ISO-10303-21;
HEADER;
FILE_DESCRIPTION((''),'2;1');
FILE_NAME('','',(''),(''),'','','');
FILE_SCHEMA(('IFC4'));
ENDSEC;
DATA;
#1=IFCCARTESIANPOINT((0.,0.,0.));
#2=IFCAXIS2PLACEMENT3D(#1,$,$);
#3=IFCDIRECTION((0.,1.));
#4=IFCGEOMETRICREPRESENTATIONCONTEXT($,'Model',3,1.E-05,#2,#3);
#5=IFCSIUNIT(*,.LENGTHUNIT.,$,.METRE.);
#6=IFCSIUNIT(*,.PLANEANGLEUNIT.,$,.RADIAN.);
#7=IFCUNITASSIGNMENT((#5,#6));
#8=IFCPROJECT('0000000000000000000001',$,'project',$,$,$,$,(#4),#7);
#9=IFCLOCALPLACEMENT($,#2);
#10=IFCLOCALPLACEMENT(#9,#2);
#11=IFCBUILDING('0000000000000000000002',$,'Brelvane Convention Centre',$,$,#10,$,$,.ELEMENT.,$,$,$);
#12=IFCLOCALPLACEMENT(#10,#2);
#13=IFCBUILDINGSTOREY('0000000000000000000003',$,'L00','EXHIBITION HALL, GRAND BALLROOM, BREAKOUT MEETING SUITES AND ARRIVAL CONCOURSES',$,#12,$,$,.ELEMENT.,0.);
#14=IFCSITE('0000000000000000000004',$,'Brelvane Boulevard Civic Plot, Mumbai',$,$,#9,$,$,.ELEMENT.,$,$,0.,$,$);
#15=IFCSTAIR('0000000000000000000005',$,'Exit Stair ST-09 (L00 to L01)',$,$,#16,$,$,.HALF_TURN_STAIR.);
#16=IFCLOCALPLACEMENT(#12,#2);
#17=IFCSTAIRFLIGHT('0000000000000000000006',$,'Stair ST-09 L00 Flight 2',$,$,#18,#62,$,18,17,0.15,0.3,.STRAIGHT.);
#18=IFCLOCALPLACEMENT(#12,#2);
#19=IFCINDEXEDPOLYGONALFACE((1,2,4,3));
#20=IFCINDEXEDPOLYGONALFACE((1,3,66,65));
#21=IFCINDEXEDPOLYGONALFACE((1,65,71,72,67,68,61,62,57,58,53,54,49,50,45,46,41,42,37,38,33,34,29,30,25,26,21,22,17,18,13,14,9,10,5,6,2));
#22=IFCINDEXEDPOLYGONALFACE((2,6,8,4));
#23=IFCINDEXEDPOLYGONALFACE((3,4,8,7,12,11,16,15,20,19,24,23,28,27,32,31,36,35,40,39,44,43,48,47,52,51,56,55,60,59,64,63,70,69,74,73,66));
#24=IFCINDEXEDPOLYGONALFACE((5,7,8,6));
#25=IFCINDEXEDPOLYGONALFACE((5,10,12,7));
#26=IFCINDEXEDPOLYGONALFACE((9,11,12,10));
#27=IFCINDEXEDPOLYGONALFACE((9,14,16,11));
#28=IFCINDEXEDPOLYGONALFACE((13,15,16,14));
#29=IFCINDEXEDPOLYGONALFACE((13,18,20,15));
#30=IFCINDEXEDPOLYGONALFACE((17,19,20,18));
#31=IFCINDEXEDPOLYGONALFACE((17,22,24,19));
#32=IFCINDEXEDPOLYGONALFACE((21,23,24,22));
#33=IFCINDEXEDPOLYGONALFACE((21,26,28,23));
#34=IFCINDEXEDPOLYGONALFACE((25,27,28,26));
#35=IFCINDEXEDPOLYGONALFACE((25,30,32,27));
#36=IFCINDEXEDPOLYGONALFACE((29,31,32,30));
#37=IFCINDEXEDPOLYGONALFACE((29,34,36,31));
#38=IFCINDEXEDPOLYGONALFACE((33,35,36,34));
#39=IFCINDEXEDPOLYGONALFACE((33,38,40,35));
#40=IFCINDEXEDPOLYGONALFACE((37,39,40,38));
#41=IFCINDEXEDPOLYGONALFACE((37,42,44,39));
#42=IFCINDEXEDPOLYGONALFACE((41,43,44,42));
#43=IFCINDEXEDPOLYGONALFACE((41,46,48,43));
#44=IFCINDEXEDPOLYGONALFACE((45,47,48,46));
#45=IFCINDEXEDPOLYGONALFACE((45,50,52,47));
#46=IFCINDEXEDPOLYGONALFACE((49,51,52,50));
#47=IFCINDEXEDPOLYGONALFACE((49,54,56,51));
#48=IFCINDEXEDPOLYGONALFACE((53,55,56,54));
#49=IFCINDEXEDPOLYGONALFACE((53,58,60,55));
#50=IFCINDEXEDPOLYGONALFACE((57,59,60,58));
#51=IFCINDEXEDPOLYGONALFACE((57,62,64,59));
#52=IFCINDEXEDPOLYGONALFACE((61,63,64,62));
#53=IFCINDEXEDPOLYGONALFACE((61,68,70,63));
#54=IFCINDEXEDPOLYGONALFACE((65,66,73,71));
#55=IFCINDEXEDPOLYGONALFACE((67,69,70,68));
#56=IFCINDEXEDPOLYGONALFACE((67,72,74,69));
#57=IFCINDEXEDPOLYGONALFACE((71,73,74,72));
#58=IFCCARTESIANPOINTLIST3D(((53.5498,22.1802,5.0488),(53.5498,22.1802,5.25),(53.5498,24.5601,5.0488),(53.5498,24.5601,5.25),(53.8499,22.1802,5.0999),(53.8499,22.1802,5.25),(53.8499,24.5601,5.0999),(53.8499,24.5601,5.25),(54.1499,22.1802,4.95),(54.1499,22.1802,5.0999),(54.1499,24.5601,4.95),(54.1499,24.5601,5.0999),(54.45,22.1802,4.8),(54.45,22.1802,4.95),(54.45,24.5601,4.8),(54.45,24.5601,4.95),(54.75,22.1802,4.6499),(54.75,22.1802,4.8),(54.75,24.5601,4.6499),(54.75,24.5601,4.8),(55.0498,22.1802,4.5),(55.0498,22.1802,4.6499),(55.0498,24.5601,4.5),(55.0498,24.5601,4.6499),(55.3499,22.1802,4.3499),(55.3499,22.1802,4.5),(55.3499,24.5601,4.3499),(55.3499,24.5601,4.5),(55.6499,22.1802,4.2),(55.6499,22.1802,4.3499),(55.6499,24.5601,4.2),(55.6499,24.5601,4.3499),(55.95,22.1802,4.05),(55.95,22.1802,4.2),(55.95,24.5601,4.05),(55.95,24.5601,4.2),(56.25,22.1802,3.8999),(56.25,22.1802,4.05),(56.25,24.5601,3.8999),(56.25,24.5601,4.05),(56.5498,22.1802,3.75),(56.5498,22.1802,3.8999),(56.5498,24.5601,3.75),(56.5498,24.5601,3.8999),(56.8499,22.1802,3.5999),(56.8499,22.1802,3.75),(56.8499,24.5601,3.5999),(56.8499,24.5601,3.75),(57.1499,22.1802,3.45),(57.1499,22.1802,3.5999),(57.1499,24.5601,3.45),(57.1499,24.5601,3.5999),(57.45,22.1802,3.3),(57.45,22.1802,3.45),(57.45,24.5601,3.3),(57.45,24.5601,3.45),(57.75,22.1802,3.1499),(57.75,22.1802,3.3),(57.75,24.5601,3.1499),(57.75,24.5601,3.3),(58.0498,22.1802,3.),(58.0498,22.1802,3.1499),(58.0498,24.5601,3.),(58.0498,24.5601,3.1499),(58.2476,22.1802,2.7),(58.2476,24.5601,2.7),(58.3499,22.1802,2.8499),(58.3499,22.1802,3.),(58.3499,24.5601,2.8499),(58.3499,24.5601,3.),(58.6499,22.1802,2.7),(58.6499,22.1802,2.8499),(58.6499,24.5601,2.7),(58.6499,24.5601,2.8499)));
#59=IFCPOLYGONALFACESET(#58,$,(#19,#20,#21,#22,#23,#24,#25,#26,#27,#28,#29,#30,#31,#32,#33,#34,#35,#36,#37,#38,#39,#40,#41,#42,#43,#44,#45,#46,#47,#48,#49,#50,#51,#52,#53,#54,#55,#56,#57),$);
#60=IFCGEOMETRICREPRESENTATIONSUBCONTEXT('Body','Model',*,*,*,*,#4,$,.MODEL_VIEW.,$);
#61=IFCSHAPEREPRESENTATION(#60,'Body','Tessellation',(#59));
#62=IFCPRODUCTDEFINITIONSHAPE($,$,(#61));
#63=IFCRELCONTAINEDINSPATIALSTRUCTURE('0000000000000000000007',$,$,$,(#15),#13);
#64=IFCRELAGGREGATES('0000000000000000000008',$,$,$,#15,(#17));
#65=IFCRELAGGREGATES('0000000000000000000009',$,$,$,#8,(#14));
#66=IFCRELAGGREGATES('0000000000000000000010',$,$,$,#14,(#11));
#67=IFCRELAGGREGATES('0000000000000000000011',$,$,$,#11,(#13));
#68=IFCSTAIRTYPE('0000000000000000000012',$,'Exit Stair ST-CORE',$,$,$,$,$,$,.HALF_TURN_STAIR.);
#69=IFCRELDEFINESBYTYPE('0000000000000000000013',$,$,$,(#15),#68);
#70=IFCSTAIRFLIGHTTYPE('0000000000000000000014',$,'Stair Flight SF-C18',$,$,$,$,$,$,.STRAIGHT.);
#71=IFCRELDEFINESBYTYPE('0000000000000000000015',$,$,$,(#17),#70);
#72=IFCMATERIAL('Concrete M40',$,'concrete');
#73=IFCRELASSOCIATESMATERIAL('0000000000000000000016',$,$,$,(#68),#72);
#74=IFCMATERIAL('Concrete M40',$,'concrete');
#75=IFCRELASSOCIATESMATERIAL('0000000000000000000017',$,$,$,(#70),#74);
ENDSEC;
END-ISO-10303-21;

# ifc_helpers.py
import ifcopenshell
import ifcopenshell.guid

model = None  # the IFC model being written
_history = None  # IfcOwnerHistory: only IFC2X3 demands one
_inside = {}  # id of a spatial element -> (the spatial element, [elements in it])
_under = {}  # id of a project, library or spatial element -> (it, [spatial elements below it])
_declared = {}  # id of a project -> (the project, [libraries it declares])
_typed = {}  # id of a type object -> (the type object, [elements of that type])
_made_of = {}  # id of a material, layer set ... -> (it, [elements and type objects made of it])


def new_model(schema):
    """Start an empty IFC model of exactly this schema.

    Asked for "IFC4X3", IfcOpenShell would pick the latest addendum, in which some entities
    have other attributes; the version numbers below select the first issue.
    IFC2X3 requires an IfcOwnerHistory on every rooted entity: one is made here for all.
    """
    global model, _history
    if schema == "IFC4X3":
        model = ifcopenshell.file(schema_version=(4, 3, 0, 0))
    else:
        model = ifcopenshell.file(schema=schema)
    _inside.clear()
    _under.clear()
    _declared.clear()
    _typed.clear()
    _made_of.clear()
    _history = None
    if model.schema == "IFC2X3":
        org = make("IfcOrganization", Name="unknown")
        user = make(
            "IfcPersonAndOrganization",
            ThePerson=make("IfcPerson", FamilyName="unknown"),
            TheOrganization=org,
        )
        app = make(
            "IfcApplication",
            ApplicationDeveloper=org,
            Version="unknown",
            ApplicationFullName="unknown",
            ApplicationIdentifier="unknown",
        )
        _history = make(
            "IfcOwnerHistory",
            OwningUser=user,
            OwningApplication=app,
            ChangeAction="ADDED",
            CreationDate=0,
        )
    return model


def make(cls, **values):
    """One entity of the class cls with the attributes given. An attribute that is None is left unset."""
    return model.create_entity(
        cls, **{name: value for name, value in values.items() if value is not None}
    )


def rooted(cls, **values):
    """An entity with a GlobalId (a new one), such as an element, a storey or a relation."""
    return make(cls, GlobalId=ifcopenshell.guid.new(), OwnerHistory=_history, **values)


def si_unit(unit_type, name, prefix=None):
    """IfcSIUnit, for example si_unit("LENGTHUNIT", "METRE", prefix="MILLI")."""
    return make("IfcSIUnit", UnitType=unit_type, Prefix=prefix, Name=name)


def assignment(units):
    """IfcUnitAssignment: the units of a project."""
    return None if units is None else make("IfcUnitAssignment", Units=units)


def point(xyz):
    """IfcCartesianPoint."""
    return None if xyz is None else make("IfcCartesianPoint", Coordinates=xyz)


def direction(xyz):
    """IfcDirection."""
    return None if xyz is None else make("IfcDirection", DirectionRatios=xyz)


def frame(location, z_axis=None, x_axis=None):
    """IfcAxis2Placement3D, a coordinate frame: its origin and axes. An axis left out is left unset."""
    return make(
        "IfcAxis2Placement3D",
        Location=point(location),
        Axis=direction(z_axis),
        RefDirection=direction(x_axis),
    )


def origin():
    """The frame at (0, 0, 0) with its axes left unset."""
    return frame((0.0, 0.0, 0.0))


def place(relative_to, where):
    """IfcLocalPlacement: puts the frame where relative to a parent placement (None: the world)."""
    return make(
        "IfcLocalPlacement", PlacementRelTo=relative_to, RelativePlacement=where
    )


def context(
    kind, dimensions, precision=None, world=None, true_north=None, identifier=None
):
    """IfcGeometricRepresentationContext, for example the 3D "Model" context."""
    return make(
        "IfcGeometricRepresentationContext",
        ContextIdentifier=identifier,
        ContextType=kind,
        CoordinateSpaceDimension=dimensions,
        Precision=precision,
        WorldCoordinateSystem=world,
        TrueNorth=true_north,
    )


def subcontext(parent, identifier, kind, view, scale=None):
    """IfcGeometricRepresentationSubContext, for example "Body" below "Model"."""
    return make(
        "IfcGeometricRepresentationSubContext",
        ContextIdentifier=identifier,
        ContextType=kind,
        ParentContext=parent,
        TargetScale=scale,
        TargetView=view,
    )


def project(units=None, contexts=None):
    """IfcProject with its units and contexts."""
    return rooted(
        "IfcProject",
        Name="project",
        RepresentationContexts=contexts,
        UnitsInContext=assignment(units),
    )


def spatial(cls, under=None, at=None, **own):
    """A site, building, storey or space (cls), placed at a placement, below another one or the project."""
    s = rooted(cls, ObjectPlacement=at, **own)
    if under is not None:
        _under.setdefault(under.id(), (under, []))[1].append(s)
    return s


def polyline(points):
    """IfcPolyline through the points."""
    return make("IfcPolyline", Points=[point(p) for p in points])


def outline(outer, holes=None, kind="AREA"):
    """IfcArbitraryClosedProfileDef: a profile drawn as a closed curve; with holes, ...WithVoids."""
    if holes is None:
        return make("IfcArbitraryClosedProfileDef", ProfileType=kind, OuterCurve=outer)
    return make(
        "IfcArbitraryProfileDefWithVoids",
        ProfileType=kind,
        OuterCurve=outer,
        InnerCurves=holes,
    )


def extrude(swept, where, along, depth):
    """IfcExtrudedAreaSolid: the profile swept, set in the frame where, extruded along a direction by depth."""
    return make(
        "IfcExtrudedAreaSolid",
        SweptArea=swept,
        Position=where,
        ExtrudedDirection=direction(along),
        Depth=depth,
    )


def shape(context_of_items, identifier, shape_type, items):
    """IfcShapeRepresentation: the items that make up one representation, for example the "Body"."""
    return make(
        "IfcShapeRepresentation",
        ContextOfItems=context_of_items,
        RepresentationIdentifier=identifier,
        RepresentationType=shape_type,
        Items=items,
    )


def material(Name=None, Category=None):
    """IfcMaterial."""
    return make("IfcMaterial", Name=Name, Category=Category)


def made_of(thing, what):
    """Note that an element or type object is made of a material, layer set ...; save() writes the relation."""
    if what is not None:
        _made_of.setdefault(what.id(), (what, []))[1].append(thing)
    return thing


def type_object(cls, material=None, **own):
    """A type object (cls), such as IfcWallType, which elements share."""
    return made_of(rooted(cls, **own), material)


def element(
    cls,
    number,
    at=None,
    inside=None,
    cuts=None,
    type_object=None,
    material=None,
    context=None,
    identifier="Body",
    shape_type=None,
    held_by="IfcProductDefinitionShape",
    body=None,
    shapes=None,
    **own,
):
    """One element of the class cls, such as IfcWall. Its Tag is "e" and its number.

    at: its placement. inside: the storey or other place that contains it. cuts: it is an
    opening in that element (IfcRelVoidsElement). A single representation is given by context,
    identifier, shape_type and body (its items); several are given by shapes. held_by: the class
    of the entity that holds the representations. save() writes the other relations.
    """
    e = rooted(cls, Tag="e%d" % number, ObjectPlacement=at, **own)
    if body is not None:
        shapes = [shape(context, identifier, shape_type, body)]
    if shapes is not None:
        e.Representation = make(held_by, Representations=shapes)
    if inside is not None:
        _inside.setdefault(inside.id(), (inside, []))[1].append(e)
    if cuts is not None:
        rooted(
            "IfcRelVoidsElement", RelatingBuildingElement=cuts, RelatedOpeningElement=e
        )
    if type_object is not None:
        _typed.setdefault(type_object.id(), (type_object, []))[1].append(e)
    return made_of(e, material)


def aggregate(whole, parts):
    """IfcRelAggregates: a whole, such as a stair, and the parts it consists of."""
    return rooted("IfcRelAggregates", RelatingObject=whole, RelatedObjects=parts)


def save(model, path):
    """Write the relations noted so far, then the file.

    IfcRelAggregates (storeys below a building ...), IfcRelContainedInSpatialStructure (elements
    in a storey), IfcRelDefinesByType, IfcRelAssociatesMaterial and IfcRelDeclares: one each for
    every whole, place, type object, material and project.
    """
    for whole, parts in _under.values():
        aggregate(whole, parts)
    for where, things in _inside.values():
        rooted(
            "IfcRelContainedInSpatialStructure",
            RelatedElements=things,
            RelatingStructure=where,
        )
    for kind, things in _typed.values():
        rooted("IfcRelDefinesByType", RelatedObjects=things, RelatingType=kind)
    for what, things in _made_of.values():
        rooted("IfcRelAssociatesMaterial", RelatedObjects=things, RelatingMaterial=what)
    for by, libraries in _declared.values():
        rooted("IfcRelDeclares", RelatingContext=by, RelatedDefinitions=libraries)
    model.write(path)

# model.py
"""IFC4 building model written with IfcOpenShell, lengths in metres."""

from ifc_helpers import new_model, si_unit, direction, frame, origin, place, context, subcontext, project, spatial, polyline, outline, extrude, material, type_object, element, aggregate, save


model = new_model("IFC4")

# Units and contexts
model_context = context("Model", 3, precision=1e-05, world=origin(), true_north=direction((0.0, 1.0)))
body_context = subcontext(model_context, "Body", "Model", "MODEL_VIEW")
ifc_project = project(units=[si_unit("LENGTHUNIT", "METRE"), si_unit("PLANEANGLEUNIT", "RADIAN")], contexts=[model_context])

# Site, building, storey
site_placement = place(None, origin())
site = spatial("IfcSite", under=ifc_project, at=site_placement, Name="Brelvane Boulevard Civic Plot, Mumbai", CompositionType="ELEMENT", RefElevation=0.0)
building_placement = place(site_placement, origin())
building = spatial("IfcBuilding", under=site, at=building_placement, Name="Brelvane Convention Centre", CompositionType="ELEMENT")
storey_placement = place(building_placement, origin())
storey = spatial("IfcBuildingStorey", under=building, at=storey_placement, Name="L00", Description="EXHIBITION HALL, GRAND BALLROOM, BREAKOUT MEETING SUITES AND ARRIVAL CONCOURSES", CompositionType="ELEMENT", Elevation=0.0)

# Stair, stair flight
ifc_material_1 = material(Name="Concrete M40", Category="concrete")
stair_type = type_object("IfcStairType", Name="Exit Stair ST-CORE", PredefinedType="HALF_TURN_STAIR", material=ifc_material_1)
stair_placement = place(storey_placement, origin())
stair = element("IfcStair", 1, at=stair_placement, inside=storey, type_object=stair_type, Name="Exit Stair ST-09 (L00 to L01)", PredefinedType="HALF_TURN_STAIR")
ifc_material_2 = material(Name="Concrete M40", Category="concrete")
stair_flight_type = type_object("IfcStairFlightType", Name="Stair Flight SF-C18", PredefinedType="STRAIGHT", material=ifc_material_2)
stair_flight_1_placement = place(storey_placement, frame((58.6499, 23.3701, 2.7), z_axis=(0.0, 0.0, 1.0), x_axis=(-1.0, 0.0, 0.0)))
stair_flight_1 = element("IfcStairFlight", 2, at=stair_flight_1_placement, type_object=stair_flight_type, Name="Stair ST-09 L00 Flight 2", NumberOfRisers=18, NumberOfTreads=17, PredefinedType="STRAIGHT", RiserHeight=0.15, TreadLength=0.3, context=body_context, shape_type="SweptSolid", body=[
    extrude(outline(polyline([(0.0, 0.0), (0.0, 0.1499), (0.3, 0.1499), (0.3, 0.3), (0.6001, 0.3), (0.6001, 0.45), (0.8999, 0.45), (0.8999, 0.6001), (1.2, 0.6001), (1.2, 0.75), (1.5, 0.75), (1.5, 0.8999), (1.8, 0.8999), (1.8, 1.05), (2.1001, 1.05), (2.1001, 1.2), (2.3999, 1.2), (2.3999, 1.3501), (2.7, 1.3501), (2.7, 1.5), (3.0, 1.5), (3.0, 1.6499), (3.3, 1.6499), (3.3, 1.8), (3.6001, 1.8), (3.6001, 1.95), (3.8999, 1.95), (3.8999, 2.1001), (4.2, 2.1001), (4.2, 2.25), (4.5, 2.25), (4.5, 2.3999), (4.8, 2.3999), (4.8, 2.55), (5.1001, 2.55), (5.1001, 2.7), (5.1001, 2.3489), (0.4023, 0.0), (0.0, 0.0)])), frame((0.0, 1.1899, 0.0), z_axis=(0.0, -1.0, 0.0), x_axis=(1.0, 0.0, 0.0)), (0.0, 0.0, 1.0), 2.3799),
])
aggregate(stair, [stair_flight_1])

save(model, "model.ifc")
